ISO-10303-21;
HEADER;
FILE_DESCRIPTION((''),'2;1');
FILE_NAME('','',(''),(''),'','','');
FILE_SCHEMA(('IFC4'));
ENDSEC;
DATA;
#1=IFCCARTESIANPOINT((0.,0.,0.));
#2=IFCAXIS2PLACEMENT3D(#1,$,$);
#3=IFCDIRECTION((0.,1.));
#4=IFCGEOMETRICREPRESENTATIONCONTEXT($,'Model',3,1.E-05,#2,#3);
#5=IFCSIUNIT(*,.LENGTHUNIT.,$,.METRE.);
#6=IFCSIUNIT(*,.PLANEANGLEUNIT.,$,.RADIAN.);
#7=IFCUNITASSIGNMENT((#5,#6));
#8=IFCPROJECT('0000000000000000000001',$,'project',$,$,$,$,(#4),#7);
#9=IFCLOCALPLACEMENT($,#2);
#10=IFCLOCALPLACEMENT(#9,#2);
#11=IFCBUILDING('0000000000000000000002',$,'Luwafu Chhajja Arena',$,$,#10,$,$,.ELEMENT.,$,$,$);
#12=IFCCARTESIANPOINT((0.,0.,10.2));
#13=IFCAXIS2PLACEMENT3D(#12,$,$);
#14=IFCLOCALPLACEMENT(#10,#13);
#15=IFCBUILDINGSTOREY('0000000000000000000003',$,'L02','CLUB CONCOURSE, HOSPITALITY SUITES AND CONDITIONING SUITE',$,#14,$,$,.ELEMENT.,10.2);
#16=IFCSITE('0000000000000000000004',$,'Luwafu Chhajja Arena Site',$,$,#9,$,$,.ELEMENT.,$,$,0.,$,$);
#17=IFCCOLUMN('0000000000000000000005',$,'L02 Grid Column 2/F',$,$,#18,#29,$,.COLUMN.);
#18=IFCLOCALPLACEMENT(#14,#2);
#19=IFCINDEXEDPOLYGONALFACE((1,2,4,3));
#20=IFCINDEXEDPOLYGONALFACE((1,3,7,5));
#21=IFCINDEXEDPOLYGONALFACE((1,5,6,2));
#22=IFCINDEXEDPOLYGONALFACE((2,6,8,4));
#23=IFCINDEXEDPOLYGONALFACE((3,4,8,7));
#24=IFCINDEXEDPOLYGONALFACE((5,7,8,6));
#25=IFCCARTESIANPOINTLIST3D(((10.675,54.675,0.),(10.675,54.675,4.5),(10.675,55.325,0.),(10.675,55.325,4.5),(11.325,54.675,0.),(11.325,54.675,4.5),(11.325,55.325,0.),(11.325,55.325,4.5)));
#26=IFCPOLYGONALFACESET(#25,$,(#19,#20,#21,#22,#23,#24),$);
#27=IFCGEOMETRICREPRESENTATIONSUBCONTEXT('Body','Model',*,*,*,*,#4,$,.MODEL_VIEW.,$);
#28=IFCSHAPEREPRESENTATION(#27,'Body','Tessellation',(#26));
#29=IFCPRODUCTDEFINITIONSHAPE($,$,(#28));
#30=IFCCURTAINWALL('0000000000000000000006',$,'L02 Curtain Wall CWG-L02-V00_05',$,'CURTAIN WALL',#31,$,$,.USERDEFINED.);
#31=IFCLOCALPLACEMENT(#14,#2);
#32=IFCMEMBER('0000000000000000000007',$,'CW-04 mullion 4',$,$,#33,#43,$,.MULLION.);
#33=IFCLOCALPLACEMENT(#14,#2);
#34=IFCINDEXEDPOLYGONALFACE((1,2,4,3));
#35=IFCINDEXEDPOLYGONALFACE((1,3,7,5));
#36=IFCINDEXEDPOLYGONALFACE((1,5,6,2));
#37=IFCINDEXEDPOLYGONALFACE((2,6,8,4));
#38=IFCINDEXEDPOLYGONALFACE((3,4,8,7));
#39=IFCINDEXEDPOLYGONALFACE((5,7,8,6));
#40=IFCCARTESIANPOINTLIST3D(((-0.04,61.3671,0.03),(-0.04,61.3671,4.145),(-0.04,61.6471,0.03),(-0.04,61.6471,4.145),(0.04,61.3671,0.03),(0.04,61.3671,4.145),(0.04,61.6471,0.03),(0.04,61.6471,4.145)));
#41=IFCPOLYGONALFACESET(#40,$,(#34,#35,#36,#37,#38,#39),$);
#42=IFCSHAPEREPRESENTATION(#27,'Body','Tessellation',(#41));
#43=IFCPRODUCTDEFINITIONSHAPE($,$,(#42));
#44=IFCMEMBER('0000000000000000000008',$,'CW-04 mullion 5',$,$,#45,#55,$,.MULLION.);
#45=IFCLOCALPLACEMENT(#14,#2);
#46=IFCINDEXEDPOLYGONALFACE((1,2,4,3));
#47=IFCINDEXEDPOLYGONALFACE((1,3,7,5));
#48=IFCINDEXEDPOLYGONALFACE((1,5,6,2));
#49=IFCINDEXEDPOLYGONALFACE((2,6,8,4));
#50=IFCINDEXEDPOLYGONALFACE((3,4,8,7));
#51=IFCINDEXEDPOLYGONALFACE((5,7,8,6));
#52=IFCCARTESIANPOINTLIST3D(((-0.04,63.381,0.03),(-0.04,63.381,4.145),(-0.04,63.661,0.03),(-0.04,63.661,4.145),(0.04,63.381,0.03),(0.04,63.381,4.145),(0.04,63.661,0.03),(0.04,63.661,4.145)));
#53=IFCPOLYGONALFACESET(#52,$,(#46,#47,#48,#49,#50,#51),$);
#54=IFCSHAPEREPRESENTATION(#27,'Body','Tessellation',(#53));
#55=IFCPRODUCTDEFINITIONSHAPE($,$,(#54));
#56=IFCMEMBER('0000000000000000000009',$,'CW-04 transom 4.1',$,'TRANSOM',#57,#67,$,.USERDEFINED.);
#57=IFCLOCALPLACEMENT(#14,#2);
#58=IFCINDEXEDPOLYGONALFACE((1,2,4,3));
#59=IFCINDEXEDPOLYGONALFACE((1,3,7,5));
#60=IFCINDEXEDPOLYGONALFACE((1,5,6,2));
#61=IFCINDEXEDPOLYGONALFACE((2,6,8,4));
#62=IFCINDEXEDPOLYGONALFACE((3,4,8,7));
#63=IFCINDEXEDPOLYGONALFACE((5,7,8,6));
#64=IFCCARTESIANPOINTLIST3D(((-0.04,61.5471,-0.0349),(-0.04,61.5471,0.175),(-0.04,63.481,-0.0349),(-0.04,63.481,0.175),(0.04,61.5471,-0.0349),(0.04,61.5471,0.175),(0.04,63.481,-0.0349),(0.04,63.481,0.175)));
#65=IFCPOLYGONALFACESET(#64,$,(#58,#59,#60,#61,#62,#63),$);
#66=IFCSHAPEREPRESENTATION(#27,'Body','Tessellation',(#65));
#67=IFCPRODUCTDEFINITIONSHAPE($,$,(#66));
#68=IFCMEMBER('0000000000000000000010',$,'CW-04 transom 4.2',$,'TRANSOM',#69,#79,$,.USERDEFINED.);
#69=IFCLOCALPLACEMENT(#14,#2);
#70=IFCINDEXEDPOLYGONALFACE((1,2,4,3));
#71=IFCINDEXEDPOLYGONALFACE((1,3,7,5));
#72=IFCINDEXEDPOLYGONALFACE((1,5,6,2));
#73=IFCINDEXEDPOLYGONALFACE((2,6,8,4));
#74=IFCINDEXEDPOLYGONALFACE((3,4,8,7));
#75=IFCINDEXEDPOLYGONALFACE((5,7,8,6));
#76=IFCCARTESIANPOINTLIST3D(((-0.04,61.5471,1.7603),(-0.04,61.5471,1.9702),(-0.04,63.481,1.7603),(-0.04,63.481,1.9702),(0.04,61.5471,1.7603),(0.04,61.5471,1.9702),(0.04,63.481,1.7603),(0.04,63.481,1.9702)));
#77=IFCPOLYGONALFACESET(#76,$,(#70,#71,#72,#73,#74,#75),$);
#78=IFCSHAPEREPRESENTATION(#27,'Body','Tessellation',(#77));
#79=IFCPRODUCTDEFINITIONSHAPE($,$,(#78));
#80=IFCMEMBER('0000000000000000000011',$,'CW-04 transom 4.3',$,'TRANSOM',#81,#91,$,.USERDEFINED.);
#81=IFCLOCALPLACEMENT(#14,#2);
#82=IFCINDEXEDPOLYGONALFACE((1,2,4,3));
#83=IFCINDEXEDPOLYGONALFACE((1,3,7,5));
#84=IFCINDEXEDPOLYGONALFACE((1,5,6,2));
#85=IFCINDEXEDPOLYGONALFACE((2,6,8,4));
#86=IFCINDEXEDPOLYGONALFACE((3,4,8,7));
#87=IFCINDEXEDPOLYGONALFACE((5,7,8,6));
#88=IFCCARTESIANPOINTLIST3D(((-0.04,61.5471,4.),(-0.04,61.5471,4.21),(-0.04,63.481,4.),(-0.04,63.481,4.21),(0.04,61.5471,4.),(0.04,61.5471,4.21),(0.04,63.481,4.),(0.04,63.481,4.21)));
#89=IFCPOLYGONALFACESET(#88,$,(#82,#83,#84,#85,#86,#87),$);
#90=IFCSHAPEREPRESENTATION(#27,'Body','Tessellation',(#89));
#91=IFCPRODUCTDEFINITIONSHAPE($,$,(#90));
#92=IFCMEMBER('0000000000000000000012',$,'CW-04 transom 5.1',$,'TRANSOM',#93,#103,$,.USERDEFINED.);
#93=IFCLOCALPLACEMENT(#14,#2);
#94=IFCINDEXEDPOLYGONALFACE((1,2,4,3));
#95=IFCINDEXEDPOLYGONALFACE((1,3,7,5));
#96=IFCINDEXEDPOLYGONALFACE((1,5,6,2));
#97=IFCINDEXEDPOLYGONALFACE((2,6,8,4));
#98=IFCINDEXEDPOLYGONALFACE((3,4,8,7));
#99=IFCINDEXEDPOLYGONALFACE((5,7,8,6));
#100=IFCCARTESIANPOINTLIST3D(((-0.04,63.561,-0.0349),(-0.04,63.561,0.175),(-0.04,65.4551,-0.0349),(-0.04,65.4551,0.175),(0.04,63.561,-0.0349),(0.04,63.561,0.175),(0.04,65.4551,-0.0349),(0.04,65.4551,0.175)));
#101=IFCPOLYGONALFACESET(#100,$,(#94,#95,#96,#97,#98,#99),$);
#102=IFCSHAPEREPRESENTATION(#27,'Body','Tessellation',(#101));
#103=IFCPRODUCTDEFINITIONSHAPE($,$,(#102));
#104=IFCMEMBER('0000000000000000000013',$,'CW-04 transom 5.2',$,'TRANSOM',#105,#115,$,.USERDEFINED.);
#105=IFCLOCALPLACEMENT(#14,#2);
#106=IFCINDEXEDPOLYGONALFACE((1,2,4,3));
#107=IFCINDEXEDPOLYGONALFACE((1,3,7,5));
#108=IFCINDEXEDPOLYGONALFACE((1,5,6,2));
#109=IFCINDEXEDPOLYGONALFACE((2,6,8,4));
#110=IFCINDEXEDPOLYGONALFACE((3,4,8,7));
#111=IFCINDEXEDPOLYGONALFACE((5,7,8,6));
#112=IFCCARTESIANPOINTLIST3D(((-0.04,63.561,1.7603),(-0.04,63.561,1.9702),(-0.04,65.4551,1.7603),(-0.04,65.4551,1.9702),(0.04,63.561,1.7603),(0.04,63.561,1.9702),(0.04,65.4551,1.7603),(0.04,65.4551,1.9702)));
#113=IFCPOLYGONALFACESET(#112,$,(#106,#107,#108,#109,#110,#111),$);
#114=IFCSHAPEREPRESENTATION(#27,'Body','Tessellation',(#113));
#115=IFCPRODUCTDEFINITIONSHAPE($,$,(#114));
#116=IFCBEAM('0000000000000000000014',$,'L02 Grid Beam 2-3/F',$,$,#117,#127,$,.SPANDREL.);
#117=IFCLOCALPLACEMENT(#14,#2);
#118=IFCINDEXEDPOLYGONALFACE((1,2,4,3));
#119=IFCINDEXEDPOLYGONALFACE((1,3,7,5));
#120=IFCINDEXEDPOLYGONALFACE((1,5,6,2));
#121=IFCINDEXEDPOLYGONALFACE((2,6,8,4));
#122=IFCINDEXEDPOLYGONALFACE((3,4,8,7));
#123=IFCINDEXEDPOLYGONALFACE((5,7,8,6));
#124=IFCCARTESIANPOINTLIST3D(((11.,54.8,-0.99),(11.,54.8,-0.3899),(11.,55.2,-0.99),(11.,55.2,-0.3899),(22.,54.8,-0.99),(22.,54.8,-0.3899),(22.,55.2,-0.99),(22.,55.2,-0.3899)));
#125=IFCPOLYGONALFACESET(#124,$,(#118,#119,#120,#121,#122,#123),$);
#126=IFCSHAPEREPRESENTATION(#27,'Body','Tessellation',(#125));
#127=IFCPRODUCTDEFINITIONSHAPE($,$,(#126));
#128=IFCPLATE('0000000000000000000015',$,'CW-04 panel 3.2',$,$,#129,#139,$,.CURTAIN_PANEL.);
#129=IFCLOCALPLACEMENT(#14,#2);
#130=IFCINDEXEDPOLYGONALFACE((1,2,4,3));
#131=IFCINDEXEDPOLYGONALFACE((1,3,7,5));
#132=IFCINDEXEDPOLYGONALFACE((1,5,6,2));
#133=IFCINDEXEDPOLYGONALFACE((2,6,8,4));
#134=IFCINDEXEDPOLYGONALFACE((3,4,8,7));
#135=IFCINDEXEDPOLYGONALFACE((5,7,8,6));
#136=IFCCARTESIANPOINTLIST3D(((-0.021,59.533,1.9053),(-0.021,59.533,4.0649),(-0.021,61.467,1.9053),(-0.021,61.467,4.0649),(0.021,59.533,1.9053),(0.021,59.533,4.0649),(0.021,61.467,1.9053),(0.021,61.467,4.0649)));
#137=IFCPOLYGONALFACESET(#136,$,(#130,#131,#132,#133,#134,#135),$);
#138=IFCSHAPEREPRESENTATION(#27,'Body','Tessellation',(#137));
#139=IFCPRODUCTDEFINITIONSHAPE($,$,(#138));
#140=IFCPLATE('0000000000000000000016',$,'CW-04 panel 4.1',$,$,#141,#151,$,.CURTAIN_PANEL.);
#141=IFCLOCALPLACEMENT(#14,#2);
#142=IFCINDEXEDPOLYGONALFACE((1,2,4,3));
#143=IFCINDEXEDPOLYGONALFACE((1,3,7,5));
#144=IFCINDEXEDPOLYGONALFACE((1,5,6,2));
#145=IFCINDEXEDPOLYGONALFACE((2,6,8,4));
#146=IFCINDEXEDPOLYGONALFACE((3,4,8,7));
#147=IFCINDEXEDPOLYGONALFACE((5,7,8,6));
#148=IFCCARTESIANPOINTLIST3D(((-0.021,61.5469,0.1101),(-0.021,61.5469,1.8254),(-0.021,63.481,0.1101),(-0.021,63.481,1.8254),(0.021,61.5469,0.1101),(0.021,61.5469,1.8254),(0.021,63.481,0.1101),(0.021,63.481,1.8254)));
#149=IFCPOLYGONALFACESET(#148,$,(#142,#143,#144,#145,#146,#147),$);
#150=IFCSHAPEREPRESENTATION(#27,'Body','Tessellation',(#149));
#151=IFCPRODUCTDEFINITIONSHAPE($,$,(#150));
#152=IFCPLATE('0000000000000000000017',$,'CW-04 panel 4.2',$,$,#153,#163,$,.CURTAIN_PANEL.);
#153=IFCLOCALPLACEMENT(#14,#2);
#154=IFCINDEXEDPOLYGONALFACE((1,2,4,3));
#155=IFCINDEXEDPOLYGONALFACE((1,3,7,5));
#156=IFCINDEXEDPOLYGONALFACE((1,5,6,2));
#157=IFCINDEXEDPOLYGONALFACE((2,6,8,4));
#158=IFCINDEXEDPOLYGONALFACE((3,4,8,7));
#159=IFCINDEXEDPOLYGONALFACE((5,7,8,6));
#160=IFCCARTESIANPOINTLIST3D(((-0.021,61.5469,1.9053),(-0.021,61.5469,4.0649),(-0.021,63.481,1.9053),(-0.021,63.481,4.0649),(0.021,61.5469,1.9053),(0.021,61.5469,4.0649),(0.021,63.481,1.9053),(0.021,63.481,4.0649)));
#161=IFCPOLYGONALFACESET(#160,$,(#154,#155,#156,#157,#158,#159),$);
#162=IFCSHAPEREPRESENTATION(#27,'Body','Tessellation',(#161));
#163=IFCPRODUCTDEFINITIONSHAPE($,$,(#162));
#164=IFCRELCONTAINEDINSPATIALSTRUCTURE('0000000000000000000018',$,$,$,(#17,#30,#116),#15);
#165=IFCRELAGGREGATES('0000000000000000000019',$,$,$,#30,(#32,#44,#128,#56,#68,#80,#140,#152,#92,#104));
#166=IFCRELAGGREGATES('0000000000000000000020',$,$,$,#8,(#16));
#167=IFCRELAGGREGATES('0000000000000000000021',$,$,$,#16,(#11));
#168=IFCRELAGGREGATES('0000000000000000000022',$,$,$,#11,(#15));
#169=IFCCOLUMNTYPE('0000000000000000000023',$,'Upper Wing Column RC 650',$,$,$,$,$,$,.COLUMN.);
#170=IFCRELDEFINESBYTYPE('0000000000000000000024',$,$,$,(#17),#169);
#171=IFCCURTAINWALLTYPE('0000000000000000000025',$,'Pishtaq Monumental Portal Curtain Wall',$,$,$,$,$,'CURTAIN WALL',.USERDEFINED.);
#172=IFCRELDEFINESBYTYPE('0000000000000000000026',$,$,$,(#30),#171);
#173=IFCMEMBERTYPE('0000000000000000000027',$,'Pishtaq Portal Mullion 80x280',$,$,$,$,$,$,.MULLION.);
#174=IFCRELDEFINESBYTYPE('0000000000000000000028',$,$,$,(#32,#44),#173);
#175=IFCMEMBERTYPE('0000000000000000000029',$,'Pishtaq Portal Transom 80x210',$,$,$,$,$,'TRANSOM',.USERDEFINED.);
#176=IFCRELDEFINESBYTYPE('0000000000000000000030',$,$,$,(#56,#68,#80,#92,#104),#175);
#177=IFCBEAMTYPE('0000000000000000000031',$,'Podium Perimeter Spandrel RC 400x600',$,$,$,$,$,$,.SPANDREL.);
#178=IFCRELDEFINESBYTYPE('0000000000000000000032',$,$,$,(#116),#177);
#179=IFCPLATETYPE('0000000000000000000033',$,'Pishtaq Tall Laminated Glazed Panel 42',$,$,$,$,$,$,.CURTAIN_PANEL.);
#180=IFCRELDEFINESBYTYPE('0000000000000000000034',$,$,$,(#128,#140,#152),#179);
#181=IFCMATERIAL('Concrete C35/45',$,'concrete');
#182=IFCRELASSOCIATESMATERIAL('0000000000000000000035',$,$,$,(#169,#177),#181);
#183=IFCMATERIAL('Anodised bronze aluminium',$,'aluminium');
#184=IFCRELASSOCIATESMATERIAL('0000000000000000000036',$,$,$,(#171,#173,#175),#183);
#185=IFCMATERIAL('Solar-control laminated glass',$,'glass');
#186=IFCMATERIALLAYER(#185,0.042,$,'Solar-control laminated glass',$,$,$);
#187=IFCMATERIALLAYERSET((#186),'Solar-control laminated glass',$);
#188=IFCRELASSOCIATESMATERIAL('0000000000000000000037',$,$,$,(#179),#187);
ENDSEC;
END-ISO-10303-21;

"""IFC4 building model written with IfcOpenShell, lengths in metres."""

from ifc_helpers import new_model, si_unit, direction, frame, origin, origin_2d, place, context, subcontext, project, spatial, rectangle, extrude, material, layer, layer_set, material_profile, profile_set, type_object, element, aggregate, save


model = new_model("IFC4")

# Units and contexts
model_context = context("Model", 3, precision=1e-05, world=origin(), true_north=direction((0.0, 1.0)))
body_context = subcontext(model_context, "Body", "Model", "MODEL_VIEW")
ifc_project = project(units=[si_unit("LENGTHUNIT", "METRE"), si_unit("PLANEANGLEUNIT", "RADIAN")], contexts=[model_context])

# Site, building, storey
site_placement = place(None, origin())
site = spatial("IfcSite", under=ifc_project, at=site_placement, Name="Luwafu Chhajja Arena Site", CompositionType="ELEMENT", RefElevation=0.0)
building_placement = place(site_placement, origin())
building = spatial("IfcBuilding", under=site, at=building_placement, Name="Luwafu Chhajja Arena", CompositionType="ELEMENT")
storey_placement = place(building_placement, frame((0.0, 0.0, 10.2)))
storey = spatial("IfcBuildingStorey", under=building, at=storey_placement, Name="L02", Description="CLUB CONCOURSE, HOSPITALITY SUITES AND CONDITIONING SUITE", CompositionType="ELEMENT", Elevation=10.2)

# Column
ifc_material_1 = material(Name="Concrete C35/45", Category="concrete")
ifc_material_profile_1 = material_profile(ifc_material_1, rectangle(XDim=0.6499, YDim=0.6499, at=origin_2d()), Name="RC 650x650")
ifc_profile_set_1 = profile_set([ifc_material_profile_1], Name="Concrete C35/45")
column_type = type_object("IfcColumnType", Name="Upper Wing Column RC 650", PredefinedType="COLUMN", material=ifc_profile_set_1)
column_placement = place(storey_placement, frame((11.0, 55.0, 0.0), z_axis=(0.0, 0.0, 1.0), x_axis=(1.0, 0.0, 0.0)))
element("IfcColumn", 1, at=column_placement, inside=storey, type_object=column_type, Name="L02 Grid Column 2/F", PredefinedType="COLUMN", context=body_context, shape_type="SweptSolid", body=[
    extrude(rectangle(XDim=0.6499, YDim=0.6499, at=origin_2d()), origin(), (0.0, 0.0, 1.0), 4.5),
])

# Curtain wall, members
ifc_material_2 = material(Name="Anodised bronze aluminium", Category="aluminium")
curtain_wall_type = type_object("IfcCurtainWallType", Name="Pishtaq Monumental Portal Curtain Wall", ElementType="CURTAIN WALL", PredefinedType="USERDEFINED", material=ifc_material_2)
curtain_wall_placement = place(storey_placement, origin())
curtain_wall = element("IfcCurtainWall", 2, at=curtain_wall_placement, inside=storey, type_object=curtain_wall_type, Name="L02 Curtain Wall CWG-L02-V00_05", ObjectType="CURTAIN WALL", PredefinedType="USERDEFINED")
ifc_material_profile_2 = material_profile(ifc_material_2, rectangle(XDim=0.0801, YDim=0.28, at=origin_2d()), Name="CWM 80x280")
ifc_profile_set_2 = profile_set([ifc_material_profile_2], Name="Anodised bronze aluminium")
member_type_1 = type_object("IfcMemberType", Name="Pishtaq Portal Mullion 80x280", PredefinedType="MULLION", material=ifc_profile_set_2)
member_1_placement = place(storey_placement, frame((0.0, 61.5071, 0.03), z_axis=(0.0, 0.0, 1.0), x_axis=(-1.0, 0.0, 0.0)))
member_1 = element("IfcMember", 3, at=member_1_placement, type_object=member_type_1, Name="CW-04 mullion 4", PredefinedType="MULLION", context=body_context, shape_type="SweptSolid", body=[
    extrude(rectangle(XDim=0.0801, YDim=0.28, at=origin_2d()), origin(), (0.0, 0.0, 1.0), 4.115),
])
member_2_placement = place(storey_placement, frame((0.0, 63.521, 0.03), z_axis=(0.0, 0.0, 1.0), x_axis=(-1.0, 0.0, 0.0)))
member_2 = element("IfcMember", 4, at=member_2_placement, type_object=member_type_1, Name="CW-04 mullion 5", PredefinedType="MULLION", context=body_context, shape_type="SweptSolid", body=[
    extrude(rectangle(XDim=0.0801, YDim=0.28, at=origin_2d()), origin(), (0.0, 0.0, 1.0), 4.115),
])
ifc_material_profile_3 = material_profile(ifc_material_2, rectangle(XDim=0.0801, YDim=0.21, at=origin_2d()), Name="CWT 80x210")
ifc_profile_set_3 = profile_set([ifc_material_profile_3], Name="Anodised bronze aluminium")
member_type_2 = type_object("IfcMemberType", Name="Pishtaq Portal Transom 80x210", ElementType="TRANSOM", PredefinedType="USERDEFINED", material=ifc_profile_set_3)
member_3_placement = place(storey_placement, frame((0.0, 61.5471, 0.0701), z_axis=(0.0, 1.0, 0.0), x_axis=(-1.0, 0.0, 0.0)))
member_3 = element("IfcMember", 5, at=member_3_placement, type_object=member_type_2, Name="CW-04 transom 4.1", ObjectType="TRANSOM", PredefinedType="USERDEFINED", context=body_context, shape_type="SweptSolid", body=[
    extrude(rectangle(XDim=0.0801, YDim=0.21, at=origin_2d()), origin(), (0.0, 0.0, 1.0), 1.9338),
])
member_4_placement = place(storey_placement, frame((0.0, 61.5471, 1.8652), z_axis=(0.0, 1.0, 0.0), x_axis=(-1.0, 0.0, 0.0)))
member_4 = element("IfcMember", 6, at=member_4_placement, type_object=member_type_2, Name="CW-04 transom 4.2", ObjectType="TRANSOM", PredefinedType="USERDEFINED", context=body_context, shape_type="SweptSolid", body=[
    extrude(rectangle(XDim=0.0801, YDim=0.21, at=origin_2d()), origin(), (0.0, 0.0, 1.0), 1.9338),
])
member_5_placement = place(storey_placement, frame((0.0, 61.5471, 4.105), z_axis=(0.0, 1.0, 0.0), x_axis=(-1.0, 0.0, 0.0)))
member_5 = element("IfcMember", 7, at=member_5_placement, type_object=member_type_2, Name="CW-04 transom 4.3", ObjectType="TRANSOM", PredefinedType="USERDEFINED", context=body_context, shape_type="SweptSolid", body=[
    extrude(rectangle(XDim=0.0801, YDim=0.21, at=origin_2d()), origin(), (0.0, 0.0, 1.0), 1.9338),
])
member_6_placement = place(storey_placement, frame((0.0, 63.561, 0.0701), z_axis=(0.0, 1.0, 0.0), x_axis=(-1.0, 0.0, 0.0)))
member_6 = element("IfcMember", 8, at=member_6_placement, type_object=member_type_2, Name="CW-04 transom 5.1", ObjectType="TRANSOM", PredefinedType="USERDEFINED", context=body_context, shape_type="SweptSolid", body=[
    extrude(rectangle(XDim=0.0801, YDim=0.21, at=origin_2d()), origin(), (0.0, 0.0, 1.0), 1.894),
])
member_7_placement = place(storey_placement, frame((0.0, 63.561, 1.8652), z_axis=(0.0, 1.0, 0.0), x_axis=(-1.0, 0.0, 0.0)))
member_7 = element("IfcMember", 9, at=member_7_placement, type_object=member_type_2, Name="CW-04 transom 5.2", ObjectType="TRANSOM", PredefinedType="USERDEFINED", context=body_context, shape_type="SweptSolid", body=[
    extrude(rectangle(XDim=0.0801, YDim=0.21, at=origin_2d()), origin(), (0.0, 0.0, 1.0), 1.894),
])

# Beam
ifc_material_profile_4 = material_profile(ifc_material_1, rectangle(XDim=0.3999, YDim=0.6001, at=origin_2d()), Name="RC 400x600")
ifc_profile_set_4 = profile_set([ifc_material_profile_4], Name="Concrete C35/45")
beam_type = type_object("IfcBeamType", Name="Podium Perimeter Spandrel RC 400x600", PredefinedType="SPANDREL", material=ifc_profile_set_4)
beam_placement = place(storey_placement, frame((11.0, 55.0, -0.6899), z_axis=(1.0, 0.0, 0.0), x_axis=(0.0, 1.0, 0.0)))
element("IfcBeam", 10, at=beam_placement, inside=storey, type_object=beam_type, Name="L02 Grid Beam 2-3/F", PredefinedType="SPANDREL", context=body_context, shape_type="SweptSolid", body=[
    extrude(rectangle(XDim=0.3999, YDim=0.6001, at=origin_2d()), origin(), (0.0, 0.0, 1.0), 11.0),
])

# Plates
ifc_material_3 = material(Name="Solar-control laminated glass", Category="glass")
ifc_layer_1 = layer(ifc_material_3, 0.042, Name="Solar-control laminated glass")
ifc_layer_set_1 = layer_set([ifc_layer_1], Name="Solar-control laminated glass")
plate_type = type_object("IfcPlateType", Name="Pishtaq Tall Laminated Glazed Panel 42", PredefinedType="CURTAIN_PANEL", material=ifc_layer_set_1)
plate_1_placement = place(storey_placement, frame((0.0, 60.5, 1.9053), z_axis=(0.0, 0.0, 1.0), x_axis=(0.0, 1.0, 0.0)))
plate_1 = element("IfcPlate", 11, at=plate_1_placement, type_object=plate_type, Name="CW-04 panel 3.2", PredefinedType="CURTAIN_PANEL", context=body_context, shape_type="SweptSolid", body=[
    extrude(rectangle(XDim=1.9341, YDim=0.042, at=origin_2d()), origin(), (0.0, 0.0, 1.0), 2.1597),
])
plate_2_placement = place(storey_placement, frame((0.0, 62.5139, 0.1101), z_axis=(0.0, 0.0, 1.0), x_axis=(0.0, 1.0, 0.0)))
plate_2 = element("IfcPlate", 12, at=plate_2_placement, type_object=plate_type, Name="CW-04 panel 4.1", PredefinedType="CURTAIN_PANEL", context=body_context, shape_type="SweptSolid", body=[
    extrude(rectangle(XDim=1.9341, YDim=0.042, at=origin_2d()), origin(), (0.0, 0.0, 1.0), 1.7153),
])
plate_3_placement = place(storey_placement, frame((0.0, 62.5139, 1.9053), z_axis=(0.0, 0.0, 1.0), x_axis=(0.0, 1.0, 0.0)))
plate_3 = element("IfcPlate", 13, at=plate_3_placement, type_object=plate_type, Name="CW-04 panel 4.2", PredefinedType="CURTAIN_PANEL", context=body_context, shape_type="SweptSolid", body=[
    extrude(rectangle(XDim=1.9341, YDim=0.042, at=origin_2d()), origin(), (0.0, 0.0, 1.0), 2.1597),
])
aggregate(curtain_wall, [member_1, member_2, plate_1, member_3, member_4, member_5, plate_2, plate_3, member_6, member_7])

save(model, "model.ifc")
